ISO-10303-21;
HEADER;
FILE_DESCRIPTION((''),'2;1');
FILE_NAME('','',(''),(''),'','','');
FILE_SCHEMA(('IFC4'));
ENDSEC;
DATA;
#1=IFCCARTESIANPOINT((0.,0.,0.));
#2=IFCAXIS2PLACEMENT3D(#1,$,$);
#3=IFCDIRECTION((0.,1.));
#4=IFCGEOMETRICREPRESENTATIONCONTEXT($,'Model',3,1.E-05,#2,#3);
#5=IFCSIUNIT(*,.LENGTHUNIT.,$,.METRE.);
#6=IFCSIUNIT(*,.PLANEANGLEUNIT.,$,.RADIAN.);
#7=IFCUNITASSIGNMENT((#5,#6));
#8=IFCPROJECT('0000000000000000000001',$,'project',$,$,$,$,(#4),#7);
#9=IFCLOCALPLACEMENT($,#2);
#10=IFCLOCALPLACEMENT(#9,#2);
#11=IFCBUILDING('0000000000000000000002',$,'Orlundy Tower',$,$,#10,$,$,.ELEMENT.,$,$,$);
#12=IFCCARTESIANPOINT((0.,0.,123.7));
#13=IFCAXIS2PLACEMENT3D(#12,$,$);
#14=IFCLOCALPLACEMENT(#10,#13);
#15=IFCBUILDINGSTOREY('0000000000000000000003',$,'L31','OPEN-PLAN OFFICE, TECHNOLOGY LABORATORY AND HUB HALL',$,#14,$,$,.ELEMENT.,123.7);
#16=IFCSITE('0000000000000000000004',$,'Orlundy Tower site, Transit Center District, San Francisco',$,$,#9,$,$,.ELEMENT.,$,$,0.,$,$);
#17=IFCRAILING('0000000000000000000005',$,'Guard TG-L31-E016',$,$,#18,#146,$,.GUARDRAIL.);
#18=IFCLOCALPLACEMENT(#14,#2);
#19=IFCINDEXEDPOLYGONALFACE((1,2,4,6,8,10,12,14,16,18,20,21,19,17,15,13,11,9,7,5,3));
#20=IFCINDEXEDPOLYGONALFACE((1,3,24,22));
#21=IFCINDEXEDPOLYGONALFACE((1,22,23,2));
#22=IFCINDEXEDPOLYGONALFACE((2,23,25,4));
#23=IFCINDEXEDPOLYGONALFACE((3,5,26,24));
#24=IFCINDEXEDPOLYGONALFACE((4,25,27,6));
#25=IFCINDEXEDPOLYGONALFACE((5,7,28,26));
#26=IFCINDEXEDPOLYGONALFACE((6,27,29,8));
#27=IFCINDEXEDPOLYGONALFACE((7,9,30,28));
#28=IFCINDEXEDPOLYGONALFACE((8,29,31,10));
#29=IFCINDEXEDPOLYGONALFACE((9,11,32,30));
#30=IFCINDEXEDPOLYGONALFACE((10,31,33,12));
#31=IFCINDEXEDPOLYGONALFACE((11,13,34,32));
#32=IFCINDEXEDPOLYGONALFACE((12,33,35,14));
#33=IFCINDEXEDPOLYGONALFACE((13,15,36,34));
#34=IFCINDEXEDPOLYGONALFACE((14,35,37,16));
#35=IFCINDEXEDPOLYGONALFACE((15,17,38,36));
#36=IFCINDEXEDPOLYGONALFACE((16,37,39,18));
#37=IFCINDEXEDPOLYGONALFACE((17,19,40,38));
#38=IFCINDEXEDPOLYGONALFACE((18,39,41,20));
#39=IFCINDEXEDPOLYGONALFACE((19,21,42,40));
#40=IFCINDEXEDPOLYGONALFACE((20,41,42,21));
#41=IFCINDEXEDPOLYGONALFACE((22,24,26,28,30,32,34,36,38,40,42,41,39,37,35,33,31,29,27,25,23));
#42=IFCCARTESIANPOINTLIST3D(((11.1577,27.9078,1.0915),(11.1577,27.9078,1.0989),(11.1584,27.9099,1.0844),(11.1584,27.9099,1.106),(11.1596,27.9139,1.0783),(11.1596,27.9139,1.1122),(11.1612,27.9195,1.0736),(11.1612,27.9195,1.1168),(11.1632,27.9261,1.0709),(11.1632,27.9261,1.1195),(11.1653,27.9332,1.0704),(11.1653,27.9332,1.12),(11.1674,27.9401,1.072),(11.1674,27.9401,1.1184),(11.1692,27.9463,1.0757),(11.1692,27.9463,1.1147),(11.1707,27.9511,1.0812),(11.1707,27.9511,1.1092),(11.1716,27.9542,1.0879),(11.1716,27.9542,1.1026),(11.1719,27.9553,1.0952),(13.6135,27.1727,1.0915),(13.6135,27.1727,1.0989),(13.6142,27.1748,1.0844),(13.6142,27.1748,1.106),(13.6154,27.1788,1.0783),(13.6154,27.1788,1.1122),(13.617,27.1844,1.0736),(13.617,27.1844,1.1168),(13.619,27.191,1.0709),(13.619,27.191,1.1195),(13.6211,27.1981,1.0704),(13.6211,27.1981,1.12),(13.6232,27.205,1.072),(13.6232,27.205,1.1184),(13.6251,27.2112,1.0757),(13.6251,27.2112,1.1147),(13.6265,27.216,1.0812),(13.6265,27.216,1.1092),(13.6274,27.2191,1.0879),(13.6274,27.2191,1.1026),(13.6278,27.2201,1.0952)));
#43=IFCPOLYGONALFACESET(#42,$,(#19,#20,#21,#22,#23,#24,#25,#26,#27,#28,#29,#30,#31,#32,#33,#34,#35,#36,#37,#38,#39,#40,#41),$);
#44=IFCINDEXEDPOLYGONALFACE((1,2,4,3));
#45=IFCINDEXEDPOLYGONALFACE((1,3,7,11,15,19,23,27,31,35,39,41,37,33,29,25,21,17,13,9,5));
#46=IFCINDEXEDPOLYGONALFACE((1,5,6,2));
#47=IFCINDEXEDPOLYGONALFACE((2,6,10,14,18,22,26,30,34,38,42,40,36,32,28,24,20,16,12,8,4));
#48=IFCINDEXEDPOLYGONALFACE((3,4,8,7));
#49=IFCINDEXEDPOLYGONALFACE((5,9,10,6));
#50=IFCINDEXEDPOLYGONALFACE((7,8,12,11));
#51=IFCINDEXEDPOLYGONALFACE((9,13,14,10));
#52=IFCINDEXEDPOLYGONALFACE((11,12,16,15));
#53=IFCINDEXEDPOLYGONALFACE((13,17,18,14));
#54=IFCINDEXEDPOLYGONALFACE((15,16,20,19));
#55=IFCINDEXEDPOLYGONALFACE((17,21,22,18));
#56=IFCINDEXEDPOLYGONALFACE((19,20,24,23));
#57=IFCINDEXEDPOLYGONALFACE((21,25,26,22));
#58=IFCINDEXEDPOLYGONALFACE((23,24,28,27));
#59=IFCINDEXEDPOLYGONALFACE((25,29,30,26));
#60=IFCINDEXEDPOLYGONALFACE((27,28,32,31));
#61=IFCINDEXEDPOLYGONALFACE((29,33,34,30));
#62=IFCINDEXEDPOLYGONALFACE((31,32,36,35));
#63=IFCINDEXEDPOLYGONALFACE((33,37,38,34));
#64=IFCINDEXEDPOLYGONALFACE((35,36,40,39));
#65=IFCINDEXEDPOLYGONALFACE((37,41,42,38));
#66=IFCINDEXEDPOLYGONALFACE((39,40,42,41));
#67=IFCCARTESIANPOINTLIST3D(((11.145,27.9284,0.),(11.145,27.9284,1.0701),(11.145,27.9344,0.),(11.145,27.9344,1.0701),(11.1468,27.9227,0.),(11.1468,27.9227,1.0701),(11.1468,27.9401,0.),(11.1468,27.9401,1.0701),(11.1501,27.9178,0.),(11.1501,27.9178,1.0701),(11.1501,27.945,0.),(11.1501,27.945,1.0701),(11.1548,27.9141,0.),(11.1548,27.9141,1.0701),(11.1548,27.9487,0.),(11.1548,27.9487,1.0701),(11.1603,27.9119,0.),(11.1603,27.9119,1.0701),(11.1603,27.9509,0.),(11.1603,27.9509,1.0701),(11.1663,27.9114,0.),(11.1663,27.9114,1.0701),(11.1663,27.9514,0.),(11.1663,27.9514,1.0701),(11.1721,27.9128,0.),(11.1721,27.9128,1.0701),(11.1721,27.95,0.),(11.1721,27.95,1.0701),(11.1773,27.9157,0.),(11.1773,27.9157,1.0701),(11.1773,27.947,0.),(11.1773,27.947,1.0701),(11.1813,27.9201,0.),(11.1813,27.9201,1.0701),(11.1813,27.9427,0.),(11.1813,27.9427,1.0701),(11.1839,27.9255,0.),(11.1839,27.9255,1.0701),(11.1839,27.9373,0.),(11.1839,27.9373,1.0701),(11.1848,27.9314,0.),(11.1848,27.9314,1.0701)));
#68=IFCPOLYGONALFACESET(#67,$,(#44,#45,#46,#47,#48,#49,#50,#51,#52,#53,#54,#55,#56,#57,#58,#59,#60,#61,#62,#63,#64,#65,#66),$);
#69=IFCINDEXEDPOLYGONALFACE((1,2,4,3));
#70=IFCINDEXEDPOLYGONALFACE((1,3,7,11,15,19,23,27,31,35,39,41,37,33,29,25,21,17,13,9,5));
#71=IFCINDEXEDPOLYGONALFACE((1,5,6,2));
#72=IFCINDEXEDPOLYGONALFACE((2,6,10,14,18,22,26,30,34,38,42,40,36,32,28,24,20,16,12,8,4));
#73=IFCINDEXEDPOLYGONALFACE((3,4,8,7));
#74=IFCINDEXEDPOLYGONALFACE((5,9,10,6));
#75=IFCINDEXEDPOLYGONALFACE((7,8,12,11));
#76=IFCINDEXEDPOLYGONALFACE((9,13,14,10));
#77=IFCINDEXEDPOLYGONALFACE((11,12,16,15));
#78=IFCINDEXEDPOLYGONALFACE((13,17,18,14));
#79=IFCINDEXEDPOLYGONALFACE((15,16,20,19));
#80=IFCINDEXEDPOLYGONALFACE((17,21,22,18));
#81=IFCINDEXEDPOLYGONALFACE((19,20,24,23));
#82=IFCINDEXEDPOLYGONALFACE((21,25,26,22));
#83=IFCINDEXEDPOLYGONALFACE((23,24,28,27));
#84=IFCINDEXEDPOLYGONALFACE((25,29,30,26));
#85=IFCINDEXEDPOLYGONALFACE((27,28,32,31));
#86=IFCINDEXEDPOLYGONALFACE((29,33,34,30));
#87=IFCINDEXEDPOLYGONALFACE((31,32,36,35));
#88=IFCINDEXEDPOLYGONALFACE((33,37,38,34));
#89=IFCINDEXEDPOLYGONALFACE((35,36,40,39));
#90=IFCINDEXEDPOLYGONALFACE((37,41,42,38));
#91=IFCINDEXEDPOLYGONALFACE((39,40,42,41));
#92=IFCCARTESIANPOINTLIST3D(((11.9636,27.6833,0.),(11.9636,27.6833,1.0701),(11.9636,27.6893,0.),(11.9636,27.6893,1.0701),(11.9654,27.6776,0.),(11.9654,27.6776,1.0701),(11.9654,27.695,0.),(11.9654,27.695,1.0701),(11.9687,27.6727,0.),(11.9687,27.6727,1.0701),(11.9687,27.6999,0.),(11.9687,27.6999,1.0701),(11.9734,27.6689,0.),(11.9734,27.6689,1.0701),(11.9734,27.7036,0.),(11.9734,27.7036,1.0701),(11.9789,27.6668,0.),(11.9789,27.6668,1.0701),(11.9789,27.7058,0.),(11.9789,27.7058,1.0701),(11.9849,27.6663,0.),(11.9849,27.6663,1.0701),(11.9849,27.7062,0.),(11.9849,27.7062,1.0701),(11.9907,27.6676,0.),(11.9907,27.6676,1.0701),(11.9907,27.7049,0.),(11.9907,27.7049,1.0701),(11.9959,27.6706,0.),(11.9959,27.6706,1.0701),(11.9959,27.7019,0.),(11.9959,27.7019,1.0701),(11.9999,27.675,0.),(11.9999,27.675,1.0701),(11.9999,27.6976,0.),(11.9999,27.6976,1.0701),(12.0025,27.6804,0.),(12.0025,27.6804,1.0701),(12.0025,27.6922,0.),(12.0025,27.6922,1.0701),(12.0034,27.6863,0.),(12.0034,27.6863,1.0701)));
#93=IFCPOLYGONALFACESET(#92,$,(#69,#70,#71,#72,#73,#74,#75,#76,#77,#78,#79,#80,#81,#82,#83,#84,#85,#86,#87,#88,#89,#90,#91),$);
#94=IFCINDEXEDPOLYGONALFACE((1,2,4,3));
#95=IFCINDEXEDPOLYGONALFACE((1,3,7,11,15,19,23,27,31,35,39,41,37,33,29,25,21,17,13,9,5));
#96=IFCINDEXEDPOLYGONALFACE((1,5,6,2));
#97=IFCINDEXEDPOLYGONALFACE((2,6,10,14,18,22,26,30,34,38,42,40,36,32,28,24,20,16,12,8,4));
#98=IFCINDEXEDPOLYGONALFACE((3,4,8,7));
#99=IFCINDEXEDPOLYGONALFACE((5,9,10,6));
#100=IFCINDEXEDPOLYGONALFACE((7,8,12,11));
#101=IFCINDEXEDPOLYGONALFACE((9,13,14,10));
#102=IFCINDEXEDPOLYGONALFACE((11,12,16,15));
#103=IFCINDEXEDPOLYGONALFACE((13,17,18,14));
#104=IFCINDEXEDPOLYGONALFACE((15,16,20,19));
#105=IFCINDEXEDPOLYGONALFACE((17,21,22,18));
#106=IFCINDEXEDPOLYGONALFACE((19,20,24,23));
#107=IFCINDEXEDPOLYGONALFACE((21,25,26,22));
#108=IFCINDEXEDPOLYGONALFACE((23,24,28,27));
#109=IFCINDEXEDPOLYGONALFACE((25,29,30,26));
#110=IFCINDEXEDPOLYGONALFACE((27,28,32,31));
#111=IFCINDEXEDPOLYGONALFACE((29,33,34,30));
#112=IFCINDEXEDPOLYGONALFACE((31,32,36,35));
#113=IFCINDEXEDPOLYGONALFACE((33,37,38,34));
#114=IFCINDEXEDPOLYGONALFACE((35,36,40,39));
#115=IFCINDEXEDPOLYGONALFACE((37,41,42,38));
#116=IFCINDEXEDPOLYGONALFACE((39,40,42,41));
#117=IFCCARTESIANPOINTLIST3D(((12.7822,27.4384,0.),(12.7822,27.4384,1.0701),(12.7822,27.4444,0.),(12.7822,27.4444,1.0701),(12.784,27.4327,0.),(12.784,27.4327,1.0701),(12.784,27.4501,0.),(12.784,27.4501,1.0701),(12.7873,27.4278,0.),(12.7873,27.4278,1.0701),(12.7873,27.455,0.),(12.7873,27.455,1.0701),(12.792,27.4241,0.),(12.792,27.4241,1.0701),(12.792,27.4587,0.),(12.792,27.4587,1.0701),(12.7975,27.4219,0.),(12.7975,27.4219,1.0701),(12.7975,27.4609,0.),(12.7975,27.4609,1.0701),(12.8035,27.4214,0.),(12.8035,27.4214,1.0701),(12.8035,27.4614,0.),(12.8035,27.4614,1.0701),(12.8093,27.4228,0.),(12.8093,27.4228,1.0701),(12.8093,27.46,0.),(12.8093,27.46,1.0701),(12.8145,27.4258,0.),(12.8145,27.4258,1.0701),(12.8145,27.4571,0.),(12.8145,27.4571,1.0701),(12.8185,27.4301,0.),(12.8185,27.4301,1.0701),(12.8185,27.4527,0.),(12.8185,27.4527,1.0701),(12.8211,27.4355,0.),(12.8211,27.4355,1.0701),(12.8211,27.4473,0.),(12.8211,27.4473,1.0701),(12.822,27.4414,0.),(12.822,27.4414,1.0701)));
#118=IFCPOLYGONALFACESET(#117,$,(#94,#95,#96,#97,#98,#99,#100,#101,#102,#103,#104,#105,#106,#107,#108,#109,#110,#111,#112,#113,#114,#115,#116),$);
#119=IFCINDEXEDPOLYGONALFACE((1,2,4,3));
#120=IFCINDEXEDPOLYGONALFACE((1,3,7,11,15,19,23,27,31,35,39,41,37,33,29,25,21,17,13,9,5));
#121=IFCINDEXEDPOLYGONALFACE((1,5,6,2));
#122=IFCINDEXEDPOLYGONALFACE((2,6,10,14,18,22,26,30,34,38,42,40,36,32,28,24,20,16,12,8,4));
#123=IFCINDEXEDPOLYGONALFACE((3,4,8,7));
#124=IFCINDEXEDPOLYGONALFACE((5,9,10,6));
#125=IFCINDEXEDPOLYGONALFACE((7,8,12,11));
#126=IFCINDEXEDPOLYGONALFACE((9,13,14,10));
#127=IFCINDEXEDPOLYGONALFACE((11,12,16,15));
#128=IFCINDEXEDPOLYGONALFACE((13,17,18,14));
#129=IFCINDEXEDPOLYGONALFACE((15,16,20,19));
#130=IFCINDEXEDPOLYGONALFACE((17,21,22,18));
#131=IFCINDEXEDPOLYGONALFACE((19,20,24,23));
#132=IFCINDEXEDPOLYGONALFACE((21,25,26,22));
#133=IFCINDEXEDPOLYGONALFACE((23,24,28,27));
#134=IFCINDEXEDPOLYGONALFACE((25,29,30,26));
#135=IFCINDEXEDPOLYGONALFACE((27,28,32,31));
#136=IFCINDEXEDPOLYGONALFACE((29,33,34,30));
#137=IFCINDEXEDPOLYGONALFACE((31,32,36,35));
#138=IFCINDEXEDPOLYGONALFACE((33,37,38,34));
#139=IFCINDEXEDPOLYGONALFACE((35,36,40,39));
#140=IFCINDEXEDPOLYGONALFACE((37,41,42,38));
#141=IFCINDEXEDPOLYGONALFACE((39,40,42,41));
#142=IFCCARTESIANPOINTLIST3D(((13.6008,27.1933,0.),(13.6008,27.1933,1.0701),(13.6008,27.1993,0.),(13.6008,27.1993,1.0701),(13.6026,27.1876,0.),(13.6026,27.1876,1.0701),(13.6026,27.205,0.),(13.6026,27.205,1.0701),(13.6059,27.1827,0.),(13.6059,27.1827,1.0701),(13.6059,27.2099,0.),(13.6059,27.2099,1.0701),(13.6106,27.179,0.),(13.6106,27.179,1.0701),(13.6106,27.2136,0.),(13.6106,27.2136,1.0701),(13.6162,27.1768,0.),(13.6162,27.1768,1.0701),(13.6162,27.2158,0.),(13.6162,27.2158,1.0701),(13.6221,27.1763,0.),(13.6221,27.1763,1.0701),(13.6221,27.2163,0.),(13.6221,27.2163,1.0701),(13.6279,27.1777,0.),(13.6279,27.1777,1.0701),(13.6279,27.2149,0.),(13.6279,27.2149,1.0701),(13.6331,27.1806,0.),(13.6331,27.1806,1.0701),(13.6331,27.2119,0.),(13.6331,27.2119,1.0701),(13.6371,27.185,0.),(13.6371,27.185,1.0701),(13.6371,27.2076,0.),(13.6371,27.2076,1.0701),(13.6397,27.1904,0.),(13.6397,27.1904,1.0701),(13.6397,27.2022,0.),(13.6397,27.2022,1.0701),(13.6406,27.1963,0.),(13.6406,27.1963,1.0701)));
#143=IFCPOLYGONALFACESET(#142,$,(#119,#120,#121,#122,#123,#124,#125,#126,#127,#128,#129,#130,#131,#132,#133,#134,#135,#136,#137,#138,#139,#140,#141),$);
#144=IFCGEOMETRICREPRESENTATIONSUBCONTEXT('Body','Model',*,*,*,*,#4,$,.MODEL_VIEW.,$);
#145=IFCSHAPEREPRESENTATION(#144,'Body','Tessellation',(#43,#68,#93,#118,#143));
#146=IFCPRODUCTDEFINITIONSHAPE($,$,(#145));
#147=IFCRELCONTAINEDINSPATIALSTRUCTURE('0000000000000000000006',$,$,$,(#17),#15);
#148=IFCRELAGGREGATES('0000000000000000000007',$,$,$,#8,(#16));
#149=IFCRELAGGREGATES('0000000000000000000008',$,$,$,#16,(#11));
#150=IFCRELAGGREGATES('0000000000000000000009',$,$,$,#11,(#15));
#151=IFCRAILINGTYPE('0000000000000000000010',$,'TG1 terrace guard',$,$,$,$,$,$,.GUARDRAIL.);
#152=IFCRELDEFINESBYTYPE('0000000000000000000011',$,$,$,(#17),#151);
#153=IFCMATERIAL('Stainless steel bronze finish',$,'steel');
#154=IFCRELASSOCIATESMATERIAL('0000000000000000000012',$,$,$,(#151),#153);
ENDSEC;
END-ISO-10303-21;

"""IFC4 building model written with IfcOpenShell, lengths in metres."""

from ifc_helpers import new_model, si_unit, direction, frame, origin, origin_2d, place, context, subcontext, project, spatial, circle, extrude, material, type_object, element, save


model = new_model("IFC4")

# Units and contexts
model_context = context("Model", 3, precision=1e-05, world=origin(), true_north=direction((0.0, 1.0)))
body_context = subcontext(model_context, "Body", "Model", "MODEL_VIEW")
ifc_project = project(units=[si_unit("LENGTHUNIT", "METRE"), si_unit("PLANEANGLEUNIT", "RADIAN")], contexts=[model_context])

# Site, building, storey
site_placement = place(None, origin())
site = spatial("IfcSite", under=ifc_project, at=site_placement, Name="Orlundy Tower site, Transit Center District, San Francisco", CompositionType="ELEMENT", RefElevation=0.0)
building_placement = place(site_placement, origin())
building = spatial("IfcBuilding", under=site, at=building_placement, Name="Orlundy Tower", CompositionType="ELEMENT")
storey_placement = place(building_placement, frame((0.0, 0.0, 123.7)))
storey = spatial("IfcBuildingStorey", under=building, at=storey_placement, Name="L31", Description="OPEN-PLAN OFFICE, TECHNOLOGY LABORATORY AND HUB HALL", CompositionType="ELEMENT", Elevation=123.7)

# Railing
ifc_material_1 = material(Name="Stainless steel bronze finish", Category="steel")
railing_type = type_object("IfcRailingType", Name="TG1 terrace guard", PredefinedType="GUARDRAIL", material=ifc_material_1)
railing_1_placement = place(storey_placement, frame((11.1648, 27.9314, 0.0)))
element("IfcRailing", 1, at=railing_1_placement, inside=storey, type_object=railing_type, Name="Guard TG-L31-E016", PredefinedType="GUARDRAIL", context=body_context, shape_type="SweptSolid", body=[
    extrude(circle(Radius=0.0249, at=origin_2d()), frame((0.0, 0.0, 1.0952), z_axis=(0.958002, -0.286762, 0.0), x_axis=(0.286762, 0.958002, 0.0)), (0.0, 0.0, 1.0), 2.5635),
    extrude(circle(Radius=0.02, at=origin_2d()), origin(), (0.0, 0.0, 1.0), 1.0701),
    extrude(circle(Radius=0.02, at=origin_2d()), frame((0.8186, -0.2451, 0.0)), (0.0, 0.0, 1.0), 1.0701),
    extrude(circle(Radius=0.02, at=origin_2d()), frame((1.6372, -0.49, 0.0)), (0.0, 0.0, 1.0), 1.0701),
    extrude(circle(Radius=0.02, at=origin_2d()), frame((2.4558, -0.7351, 0.0)), (0.0, 0.0, 1.0), 1.0701),
])

save(model, "model.ifc")
